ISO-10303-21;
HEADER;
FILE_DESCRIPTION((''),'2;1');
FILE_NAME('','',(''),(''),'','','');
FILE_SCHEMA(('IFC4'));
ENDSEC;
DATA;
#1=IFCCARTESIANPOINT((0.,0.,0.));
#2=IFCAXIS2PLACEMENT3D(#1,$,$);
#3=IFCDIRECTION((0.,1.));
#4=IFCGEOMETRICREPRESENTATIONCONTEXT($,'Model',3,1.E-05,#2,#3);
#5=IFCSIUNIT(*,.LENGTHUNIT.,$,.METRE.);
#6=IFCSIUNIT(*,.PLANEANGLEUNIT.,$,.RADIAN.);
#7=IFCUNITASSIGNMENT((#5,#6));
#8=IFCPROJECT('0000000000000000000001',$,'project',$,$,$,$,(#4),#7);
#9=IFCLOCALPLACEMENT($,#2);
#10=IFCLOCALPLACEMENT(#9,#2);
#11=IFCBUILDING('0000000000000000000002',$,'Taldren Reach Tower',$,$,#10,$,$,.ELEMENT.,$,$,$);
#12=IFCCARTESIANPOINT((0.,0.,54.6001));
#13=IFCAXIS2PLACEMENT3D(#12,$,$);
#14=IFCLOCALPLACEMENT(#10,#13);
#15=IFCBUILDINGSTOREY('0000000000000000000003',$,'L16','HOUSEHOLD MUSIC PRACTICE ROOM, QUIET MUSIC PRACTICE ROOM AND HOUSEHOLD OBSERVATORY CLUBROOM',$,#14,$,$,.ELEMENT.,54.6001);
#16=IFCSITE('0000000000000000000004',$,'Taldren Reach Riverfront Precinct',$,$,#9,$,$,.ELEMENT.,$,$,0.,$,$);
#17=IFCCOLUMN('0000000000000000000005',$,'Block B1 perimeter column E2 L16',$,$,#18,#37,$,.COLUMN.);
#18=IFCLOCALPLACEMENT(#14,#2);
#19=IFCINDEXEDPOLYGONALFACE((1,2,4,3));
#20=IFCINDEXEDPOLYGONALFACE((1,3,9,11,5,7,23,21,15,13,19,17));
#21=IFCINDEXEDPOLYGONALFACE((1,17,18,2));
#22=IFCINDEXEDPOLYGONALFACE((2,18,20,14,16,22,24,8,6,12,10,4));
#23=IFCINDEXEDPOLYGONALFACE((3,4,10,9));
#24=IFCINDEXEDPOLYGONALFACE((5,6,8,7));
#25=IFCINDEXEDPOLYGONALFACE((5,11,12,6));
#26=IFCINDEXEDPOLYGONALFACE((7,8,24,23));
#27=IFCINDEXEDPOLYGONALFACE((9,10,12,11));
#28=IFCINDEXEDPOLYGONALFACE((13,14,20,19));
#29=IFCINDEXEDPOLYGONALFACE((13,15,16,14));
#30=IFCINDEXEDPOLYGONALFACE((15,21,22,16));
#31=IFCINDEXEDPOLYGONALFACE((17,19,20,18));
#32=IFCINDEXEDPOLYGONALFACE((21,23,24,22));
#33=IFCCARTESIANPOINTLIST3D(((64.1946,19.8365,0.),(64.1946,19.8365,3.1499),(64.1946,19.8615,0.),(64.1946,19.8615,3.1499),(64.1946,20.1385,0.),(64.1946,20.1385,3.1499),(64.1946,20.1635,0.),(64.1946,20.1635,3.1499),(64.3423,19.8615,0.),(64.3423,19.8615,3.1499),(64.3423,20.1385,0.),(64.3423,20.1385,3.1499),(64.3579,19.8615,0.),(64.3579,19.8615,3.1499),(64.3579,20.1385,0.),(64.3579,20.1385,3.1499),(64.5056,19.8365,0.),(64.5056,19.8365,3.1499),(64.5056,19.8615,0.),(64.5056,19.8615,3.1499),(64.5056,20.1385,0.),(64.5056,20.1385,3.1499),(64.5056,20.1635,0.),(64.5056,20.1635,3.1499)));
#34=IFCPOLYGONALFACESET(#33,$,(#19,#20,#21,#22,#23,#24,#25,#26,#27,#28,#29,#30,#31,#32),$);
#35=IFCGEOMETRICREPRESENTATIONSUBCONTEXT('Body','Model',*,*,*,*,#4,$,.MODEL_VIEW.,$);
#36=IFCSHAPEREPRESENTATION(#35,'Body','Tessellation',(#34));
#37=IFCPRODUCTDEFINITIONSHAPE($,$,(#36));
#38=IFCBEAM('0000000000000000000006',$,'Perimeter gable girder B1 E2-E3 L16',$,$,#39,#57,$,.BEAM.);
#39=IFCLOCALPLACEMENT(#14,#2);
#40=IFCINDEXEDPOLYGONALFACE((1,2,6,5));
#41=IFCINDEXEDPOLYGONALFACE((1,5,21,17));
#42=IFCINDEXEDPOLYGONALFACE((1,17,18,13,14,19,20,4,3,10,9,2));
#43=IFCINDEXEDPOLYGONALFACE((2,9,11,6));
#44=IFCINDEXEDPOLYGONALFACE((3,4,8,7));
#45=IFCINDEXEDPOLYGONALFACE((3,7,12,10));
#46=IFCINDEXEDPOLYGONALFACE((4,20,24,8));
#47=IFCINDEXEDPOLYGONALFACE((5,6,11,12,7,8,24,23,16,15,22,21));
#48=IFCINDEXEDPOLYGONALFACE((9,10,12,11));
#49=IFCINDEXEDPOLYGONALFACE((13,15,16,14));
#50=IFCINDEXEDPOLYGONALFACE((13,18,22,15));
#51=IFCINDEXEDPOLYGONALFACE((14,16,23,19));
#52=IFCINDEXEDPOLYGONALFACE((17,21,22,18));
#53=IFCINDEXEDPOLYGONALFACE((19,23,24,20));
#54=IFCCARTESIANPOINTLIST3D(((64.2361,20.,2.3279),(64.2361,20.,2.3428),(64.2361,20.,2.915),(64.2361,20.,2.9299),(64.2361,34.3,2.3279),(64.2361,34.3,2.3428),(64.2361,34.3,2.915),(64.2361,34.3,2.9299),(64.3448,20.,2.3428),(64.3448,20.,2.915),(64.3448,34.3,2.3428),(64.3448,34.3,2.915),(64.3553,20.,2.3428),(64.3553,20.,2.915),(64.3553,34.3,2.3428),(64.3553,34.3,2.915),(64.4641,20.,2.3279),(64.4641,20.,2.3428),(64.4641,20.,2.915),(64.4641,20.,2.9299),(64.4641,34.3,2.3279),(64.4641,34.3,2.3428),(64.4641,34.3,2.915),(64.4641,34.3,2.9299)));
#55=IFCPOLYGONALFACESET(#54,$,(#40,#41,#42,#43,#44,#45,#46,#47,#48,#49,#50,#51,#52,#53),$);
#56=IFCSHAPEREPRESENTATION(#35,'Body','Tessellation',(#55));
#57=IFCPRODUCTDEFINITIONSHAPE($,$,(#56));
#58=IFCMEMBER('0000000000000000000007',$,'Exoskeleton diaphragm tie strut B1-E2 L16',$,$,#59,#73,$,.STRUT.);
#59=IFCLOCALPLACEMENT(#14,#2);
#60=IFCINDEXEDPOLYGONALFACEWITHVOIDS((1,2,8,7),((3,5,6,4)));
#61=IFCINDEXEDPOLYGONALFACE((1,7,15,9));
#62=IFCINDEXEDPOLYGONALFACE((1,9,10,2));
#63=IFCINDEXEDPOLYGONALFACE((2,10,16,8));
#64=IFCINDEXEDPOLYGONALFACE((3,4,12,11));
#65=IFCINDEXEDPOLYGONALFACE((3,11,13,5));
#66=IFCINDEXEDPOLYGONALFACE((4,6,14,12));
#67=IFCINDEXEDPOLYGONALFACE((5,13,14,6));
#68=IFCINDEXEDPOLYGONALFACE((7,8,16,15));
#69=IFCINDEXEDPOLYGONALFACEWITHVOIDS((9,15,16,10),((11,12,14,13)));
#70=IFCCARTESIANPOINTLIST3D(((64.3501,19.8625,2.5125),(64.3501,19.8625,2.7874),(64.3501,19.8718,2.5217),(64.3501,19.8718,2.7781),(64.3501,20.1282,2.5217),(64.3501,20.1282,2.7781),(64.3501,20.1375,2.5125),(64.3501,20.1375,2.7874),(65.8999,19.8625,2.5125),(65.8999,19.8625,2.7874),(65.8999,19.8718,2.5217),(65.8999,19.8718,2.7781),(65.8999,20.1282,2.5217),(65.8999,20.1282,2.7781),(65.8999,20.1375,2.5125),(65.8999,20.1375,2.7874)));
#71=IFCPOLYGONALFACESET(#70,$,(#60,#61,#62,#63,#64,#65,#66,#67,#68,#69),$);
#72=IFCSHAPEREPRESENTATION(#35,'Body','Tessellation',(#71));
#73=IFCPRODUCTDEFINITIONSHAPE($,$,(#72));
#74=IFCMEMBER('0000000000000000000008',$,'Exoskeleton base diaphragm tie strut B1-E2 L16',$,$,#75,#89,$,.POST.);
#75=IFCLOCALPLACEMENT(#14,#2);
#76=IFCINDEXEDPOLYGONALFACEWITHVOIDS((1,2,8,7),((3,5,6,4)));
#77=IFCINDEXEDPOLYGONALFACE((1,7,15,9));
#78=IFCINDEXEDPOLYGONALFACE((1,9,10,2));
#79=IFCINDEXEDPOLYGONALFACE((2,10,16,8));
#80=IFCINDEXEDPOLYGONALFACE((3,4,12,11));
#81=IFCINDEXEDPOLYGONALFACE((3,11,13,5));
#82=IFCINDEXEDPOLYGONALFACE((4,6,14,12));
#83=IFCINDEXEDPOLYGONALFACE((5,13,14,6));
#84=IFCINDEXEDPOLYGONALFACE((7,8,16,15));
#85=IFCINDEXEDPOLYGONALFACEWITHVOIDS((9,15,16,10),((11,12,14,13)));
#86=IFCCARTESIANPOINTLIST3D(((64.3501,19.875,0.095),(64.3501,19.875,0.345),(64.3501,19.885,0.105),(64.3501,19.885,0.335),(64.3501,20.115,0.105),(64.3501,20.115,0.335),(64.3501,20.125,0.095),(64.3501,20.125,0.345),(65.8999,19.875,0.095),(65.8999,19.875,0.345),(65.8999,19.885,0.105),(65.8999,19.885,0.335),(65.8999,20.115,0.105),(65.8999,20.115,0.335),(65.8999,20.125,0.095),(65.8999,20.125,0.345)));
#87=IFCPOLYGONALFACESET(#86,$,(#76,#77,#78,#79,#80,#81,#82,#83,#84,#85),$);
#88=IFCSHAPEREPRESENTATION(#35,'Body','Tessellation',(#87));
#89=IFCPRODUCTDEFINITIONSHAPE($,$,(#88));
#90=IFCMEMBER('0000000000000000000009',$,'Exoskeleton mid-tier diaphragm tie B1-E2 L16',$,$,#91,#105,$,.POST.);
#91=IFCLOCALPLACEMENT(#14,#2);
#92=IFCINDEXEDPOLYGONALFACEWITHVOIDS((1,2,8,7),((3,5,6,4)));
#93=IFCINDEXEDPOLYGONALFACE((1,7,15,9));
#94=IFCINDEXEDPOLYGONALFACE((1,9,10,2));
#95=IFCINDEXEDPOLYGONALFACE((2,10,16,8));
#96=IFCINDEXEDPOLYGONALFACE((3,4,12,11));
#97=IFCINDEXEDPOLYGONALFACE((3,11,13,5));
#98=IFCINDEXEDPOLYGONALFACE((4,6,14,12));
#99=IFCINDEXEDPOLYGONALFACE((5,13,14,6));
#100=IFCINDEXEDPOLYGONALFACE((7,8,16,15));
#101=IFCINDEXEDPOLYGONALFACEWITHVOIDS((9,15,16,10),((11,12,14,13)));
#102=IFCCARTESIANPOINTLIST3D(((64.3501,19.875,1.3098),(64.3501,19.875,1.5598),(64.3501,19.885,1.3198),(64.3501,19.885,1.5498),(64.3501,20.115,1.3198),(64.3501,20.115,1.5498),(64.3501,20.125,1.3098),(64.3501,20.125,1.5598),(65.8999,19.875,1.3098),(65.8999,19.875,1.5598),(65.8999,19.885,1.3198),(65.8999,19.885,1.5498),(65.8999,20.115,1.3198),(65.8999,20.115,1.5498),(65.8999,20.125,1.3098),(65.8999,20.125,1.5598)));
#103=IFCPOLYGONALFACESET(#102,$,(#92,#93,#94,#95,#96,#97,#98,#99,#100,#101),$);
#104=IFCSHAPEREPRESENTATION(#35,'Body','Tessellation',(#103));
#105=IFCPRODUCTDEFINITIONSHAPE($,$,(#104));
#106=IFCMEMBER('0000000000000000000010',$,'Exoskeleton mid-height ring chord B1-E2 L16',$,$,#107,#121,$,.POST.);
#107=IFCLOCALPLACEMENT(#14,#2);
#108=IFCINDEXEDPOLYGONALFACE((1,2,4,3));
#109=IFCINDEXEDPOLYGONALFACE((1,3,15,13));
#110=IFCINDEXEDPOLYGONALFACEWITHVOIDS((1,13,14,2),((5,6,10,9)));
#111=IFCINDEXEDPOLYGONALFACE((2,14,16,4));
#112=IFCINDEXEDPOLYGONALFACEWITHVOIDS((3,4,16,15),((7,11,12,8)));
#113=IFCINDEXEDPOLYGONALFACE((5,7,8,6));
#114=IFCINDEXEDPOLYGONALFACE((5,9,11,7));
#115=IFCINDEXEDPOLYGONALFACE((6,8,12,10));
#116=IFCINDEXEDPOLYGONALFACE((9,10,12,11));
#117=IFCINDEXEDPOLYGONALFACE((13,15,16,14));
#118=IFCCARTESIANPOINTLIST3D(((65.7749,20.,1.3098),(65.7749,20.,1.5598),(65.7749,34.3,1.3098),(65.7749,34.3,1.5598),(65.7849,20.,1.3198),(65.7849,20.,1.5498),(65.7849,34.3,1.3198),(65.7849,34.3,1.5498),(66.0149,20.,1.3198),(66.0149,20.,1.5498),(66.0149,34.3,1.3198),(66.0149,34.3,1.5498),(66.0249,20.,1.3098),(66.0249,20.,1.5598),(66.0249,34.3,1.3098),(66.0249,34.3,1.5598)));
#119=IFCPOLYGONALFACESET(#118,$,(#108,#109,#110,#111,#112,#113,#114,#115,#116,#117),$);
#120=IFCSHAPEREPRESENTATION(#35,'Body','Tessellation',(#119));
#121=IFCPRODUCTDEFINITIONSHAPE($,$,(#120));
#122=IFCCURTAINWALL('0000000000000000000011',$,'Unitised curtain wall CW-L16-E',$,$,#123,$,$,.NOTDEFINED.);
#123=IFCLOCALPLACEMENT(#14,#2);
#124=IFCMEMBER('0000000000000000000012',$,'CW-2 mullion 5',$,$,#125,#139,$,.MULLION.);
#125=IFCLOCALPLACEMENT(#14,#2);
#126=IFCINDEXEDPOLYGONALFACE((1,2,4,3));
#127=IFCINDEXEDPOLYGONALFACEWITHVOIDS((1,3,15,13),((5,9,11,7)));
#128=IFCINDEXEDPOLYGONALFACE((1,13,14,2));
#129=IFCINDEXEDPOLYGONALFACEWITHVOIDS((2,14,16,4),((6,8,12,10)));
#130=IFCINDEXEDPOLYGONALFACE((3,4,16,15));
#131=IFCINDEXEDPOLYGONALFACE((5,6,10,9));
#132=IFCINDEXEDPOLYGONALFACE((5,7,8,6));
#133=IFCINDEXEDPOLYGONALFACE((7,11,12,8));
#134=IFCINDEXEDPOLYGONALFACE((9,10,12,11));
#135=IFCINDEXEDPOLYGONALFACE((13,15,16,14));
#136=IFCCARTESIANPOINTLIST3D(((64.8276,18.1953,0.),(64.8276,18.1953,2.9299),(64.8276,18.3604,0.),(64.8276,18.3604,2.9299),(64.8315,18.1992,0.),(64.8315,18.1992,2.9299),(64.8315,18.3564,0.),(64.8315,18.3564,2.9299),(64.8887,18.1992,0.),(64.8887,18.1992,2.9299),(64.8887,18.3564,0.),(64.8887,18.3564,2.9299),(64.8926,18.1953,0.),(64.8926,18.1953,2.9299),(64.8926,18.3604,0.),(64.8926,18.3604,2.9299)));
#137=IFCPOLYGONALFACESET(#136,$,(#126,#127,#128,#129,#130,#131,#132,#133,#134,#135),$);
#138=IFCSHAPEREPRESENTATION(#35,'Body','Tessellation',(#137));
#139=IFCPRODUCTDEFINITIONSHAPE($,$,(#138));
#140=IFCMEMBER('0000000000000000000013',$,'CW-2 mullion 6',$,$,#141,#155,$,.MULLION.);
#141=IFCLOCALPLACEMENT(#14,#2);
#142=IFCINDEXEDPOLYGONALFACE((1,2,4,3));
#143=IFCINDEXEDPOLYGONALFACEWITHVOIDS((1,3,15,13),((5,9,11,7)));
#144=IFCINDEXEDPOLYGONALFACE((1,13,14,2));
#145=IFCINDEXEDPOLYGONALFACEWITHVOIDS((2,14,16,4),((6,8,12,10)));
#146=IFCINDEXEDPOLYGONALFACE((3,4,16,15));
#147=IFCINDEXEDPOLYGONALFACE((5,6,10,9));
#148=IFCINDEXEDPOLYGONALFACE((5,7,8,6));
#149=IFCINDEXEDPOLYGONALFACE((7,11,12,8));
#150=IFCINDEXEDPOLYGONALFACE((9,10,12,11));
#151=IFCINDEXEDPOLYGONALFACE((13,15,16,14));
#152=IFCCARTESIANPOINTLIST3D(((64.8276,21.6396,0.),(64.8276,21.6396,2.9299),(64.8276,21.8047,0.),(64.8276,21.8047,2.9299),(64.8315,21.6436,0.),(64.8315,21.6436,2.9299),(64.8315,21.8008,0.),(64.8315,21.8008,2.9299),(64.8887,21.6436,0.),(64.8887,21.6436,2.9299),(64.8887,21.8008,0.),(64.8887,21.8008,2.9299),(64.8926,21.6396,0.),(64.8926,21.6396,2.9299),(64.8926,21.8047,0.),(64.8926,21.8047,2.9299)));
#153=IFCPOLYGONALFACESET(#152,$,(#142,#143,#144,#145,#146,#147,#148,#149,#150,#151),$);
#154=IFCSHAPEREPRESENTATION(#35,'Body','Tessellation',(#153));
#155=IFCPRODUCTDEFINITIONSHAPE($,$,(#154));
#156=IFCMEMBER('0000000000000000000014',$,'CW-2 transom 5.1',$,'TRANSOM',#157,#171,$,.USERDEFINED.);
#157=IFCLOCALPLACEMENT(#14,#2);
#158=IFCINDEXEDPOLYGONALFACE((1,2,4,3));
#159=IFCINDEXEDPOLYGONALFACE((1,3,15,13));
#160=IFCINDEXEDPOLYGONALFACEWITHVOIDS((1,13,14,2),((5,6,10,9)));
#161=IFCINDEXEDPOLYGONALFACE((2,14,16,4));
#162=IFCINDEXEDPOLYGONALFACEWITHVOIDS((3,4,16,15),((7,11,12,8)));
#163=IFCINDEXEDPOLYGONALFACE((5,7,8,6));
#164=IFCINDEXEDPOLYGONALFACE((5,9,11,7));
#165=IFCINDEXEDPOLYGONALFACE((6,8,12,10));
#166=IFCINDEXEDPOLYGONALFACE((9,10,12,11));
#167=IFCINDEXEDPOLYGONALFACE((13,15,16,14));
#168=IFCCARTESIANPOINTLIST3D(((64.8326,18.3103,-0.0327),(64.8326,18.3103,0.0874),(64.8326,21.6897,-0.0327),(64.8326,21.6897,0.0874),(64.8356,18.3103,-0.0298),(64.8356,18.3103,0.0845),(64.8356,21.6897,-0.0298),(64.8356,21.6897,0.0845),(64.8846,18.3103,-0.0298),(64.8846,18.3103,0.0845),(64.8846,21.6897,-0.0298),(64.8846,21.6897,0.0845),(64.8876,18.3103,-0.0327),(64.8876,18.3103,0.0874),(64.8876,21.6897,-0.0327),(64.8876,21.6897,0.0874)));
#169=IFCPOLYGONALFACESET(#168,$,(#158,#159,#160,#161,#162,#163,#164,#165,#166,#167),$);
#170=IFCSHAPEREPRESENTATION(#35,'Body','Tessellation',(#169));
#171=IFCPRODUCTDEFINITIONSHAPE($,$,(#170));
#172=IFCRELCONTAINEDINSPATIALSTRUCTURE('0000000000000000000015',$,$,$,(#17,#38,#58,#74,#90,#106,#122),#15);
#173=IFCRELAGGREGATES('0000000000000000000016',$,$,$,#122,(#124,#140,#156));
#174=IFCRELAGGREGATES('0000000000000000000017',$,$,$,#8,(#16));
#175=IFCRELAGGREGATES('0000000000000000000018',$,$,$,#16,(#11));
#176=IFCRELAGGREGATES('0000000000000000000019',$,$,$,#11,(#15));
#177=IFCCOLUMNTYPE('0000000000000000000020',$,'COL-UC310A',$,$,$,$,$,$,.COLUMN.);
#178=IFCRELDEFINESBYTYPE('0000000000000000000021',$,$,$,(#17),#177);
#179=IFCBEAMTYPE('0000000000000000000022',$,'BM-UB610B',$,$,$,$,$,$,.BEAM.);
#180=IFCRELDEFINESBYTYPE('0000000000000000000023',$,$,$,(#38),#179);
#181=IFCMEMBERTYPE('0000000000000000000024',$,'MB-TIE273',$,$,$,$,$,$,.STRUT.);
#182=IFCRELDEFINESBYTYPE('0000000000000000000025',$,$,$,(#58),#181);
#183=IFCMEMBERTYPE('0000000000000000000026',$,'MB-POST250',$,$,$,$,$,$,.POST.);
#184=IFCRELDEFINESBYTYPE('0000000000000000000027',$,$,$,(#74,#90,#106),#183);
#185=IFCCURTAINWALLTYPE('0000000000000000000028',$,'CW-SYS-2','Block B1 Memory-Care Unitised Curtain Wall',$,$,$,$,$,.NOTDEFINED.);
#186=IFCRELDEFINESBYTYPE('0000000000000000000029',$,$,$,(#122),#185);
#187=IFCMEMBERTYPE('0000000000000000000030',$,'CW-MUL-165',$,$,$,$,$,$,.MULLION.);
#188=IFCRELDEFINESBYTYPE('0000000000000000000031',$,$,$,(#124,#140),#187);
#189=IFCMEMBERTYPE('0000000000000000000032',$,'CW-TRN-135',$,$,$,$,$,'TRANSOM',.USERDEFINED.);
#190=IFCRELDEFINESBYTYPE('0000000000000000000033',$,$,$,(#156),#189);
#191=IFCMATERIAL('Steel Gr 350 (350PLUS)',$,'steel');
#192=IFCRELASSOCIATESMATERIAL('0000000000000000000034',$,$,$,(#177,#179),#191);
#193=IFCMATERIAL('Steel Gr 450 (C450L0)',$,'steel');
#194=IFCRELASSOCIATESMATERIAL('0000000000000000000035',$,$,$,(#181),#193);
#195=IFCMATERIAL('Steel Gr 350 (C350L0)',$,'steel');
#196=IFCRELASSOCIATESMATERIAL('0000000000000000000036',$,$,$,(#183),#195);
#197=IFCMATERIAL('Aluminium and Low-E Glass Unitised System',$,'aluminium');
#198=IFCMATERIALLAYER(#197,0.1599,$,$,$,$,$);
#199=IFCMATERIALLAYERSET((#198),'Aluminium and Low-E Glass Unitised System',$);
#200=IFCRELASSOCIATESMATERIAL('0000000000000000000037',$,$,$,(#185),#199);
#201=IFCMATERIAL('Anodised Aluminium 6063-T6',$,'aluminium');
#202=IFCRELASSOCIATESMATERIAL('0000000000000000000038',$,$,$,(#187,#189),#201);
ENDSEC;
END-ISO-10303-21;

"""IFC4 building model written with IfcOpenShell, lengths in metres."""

from ifc_helpers import new_model, si_unit, direction, frame, origin, origin_2d, place, context, subcontext, project, spatial, hollow_rectangle, i_section, extrude, source, transform, mapped, material, layer, layer_set, material_profile, profile_set, type_object, element, aggregate, save


model = new_model("IFC4")

# Units and contexts
model_context = context("Model", 3, precision=1e-05, world=origin(), true_north=direction((0.0, 1.0)))
body_context = subcontext(model_context, "Body", "Model", "MODEL_VIEW")
ifc_project = project(units=[si_unit("LENGTHUNIT", "METRE"), si_unit("PLANEANGLEUNIT", "RADIAN")], contexts=[model_context])

# Site, building, storey
site_placement = place(None, origin())
site = spatial("IfcSite", under=ifc_project, at=site_placement, Name="Taldren Reach Riverfront Precinct", CompositionType="ELEMENT", RefElevation=0.0)
building_placement = place(site_placement, origin())
building = spatial("IfcBuilding", under=site, at=building_placement, Name="Taldren Reach Tower", CompositionType="ELEMENT")
storey_placement = place(building_placement, frame((0.0, 0.0, 54.6001)))
storey = spatial("IfcBuildingStorey", under=building, at=storey_placement, Name="L16", Description="HOUSEHOLD MUSIC PRACTICE ROOM, QUIET MUSIC PRACTICE ROOM AND HOUSEHOLD OBSERVATORY CLUBROOM", CompositionType="ELEMENT", Elevation=54.6001)

# Column
ifc_material_1 = material(Name="Steel Gr 350 (350PLUS)", Category="steel")
ifc_material_profile_1 = material_profile(ifc_material_1, i_section(OverallWidth=0.311, OverallDepth=0.3269, WebThickness=0.0156, FlangeThickness=0.0249, at=origin_2d()), Name="310UC158")
ifc_profile_set_1 = profile_set([ifc_material_profile_1], Name="Steel Gr 350 (350PLUS)")
column_type = type_object("IfcColumnType", Name="COL-UC310A", PredefinedType="COLUMN", material=ifc_profile_set_1)
shared_shape_1 = source(origin(), body_context, "Body", "SweptSolid", [
    extrude(i_section(OverallWidth=0.311, OverallDepth=0.3269, WebThickness=0.0156, FlangeThickness=0.0249, at=origin_2d()), origin(), (0.0, 0.0, 1.0), 3.1499),
])
column_placement = place(storey_placement, frame((64.3501, 20.0, 0.0), z_axis=(0.0, 0.0, 1.0), x_axis=(1.0, 0.0, 0.0)))
element("IfcColumn", 1, at=column_placement, inside=storey, type_object=column_type, Name="Block B1 perimeter column E2 L16", PredefinedType="COLUMN", context=body_context, shape_type="MappedRepresentation", body=[
    mapped(shared_shape_1, transform((0.0, 0.0, 0.0), scale=1.0)),
])

# Beam
ifc_material_profile_2 = material_profile(ifc_material_1, i_section(OverallWidth=0.228, OverallDepth=0.6021, WebThickness=0.0105, FlangeThickness=0.0149, at=origin_2d()), Name="610UB101")
ifc_profile_set_2 = profile_set([ifc_material_profile_2], Name="Steel Gr 350 (350PLUS)")
beam_type = type_object("IfcBeamType", Name="BM-UB610B", PredefinedType="BEAM", material=ifc_profile_set_2)
shared_shape_2 = source(origin(), body_context, "Body", "SweptSolid", [
    extrude(i_section(OverallWidth=0.228, OverallDepth=0.6021, WebThickness=0.0105, FlangeThickness=0.0149, at=origin_2d()), origin(), (0.0, 0.0, 1.0), 14.3),
])
beam_placement = place(storey_placement, frame((64.3501, 20.0, 2.6289), z_axis=(0.0, 1.0, 0.0), x_axis=(-1.0, 0.0, 0.0)))
element("IfcBeam", 2, at=beam_placement, inside=storey, type_object=beam_type, Name="Perimeter gable girder B1 E2-E3 L16", PredefinedType="BEAM", context=body_context, shape_type="MappedRepresentation", body=[
    mapped(shared_shape_2, transform((0.0, 0.0, 0.0), scale=1.0)),
])

# Members
ifc_material_2 = material(Name="Steel Gr 450 (C450L0)", Category="steel")
ifc_material_profile_3 = material_profile(ifc_material_2, hollow_rectangle(XDim=0.2749, YDim=0.2749, WallThickness=0.0093, at=origin_2d()), Name="275x275x9.3SHS")
ifc_profile_set_3 = profile_set([ifc_material_profile_3], Name="Steel Gr 450 (C450L0)")
member_type_1 = type_object("IfcMemberType", Name="MB-TIE273", PredefinedType="STRUT", material=ifc_profile_set_3)
shared_shape_3 = source(origin(), body_context, "Body", "SweptSolid", [
    extrude(hollow_rectangle(XDim=0.2749, YDim=0.2749, WallThickness=0.0093, at=origin_2d()), origin(), (0.0, 0.0, 1.0), 1.5498),
])
member_1_placement = place(storey_placement, frame((64.3501, 20.0, 2.6499), z_axis=(1.0, 0.0, 0.0), x_axis=(0.0, 1.0, 0.0)))
element("IfcMember", 3, at=member_1_placement, inside=storey, type_object=member_type_1, Name="Exoskeleton diaphragm tie strut B1-E2 L16", PredefinedType="STRUT", context=body_context, shape_type="MappedRepresentation", body=[
    mapped(shared_shape_3, transform((0.0, 0.0, 0.0), scale=1.0)),
])
ifc_material_3 = material(Name="Steel Gr 350 (C350L0)", Category="steel")
ifc_material_profile_4 = material_profile(ifc_material_3, hollow_rectangle(XDim=0.25, YDim=0.25, WallThickness=0.01, at=origin_2d()), Name="250x250x10.0SHS")
ifc_profile_set_4 = profile_set([ifc_material_profile_4], Name="Steel Gr 350 (C350L0)")
member_type_2 = type_object("IfcMemberType", Name="MB-POST250", PredefinedType="POST", material=ifc_profile_set_4)
shared_shape_4 = source(origin(), body_context, "Body", "SweptSolid", [
    extrude(hollow_rectangle(XDim=0.25, YDim=0.25, WallThickness=0.01, at=origin_2d()), origin(), (0.0, 0.0, 1.0), 1.5498),
])
for number, where, z_axis, x_axis, name in (
    (4, (64.3501, 20.0, 0.22), (1.0, 0.0, 0.0), (0.0, 1.0, 0.0), "Exoskeleton base diaphragm tie strut B1-E2 L16"),
    (5, (64.3501, 20.0, 1.4348), (1.0, 0.0, 0.0), (0.0, 1.0, 0.0), "Exoskeleton mid-tier diaphragm tie B1-E2 L16"),
):
    element("IfcMember", number, at=place(storey_placement, frame(where, z_axis=z_axis, x_axis=x_axis)), inside=storey, type_object=member_type_2, Name=name, PredefinedType="POST", context=body_context, shape_type="MappedRepresentation", body=[
        mapped(shared_shape_4, transform((0.0, 0.0, 0.0), scale=1.0)),
    ])
shared_shape_5 = source(origin(), body_context, "Body", "SweptSolid", [
    extrude(hollow_rectangle(XDim=0.25, YDim=0.25, WallThickness=0.01, at=origin_2d()), origin(), (0.0, 0.0, 1.0), 14.3),
])
member_2_placement = place(storey_placement, frame((65.8999, 20.0, 1.4348), z_axis=(0.0, 1.0, 0.0), x_axis=(-1.0, 0.0, 0.0)))
element("IfcMember", 6, at=member_2_placement, inside=storey, type_object=member_type_2, Name="Exoskeleton mid-height ring chord B1-E2 L16", PredefinedType="POST", context=body_context, shape_type="MappedRepresentation", body=[
    mapped(shared_shape_5, transform((0.0, 0.0, 0.0), scale=1.0)),
])

# Curtain wall, members
ifc_material_4 = material(Name="Aluminium and Low-E Glass Unitised System", Category="aluminium")
ifc_layer_1 = layer(ifc_material_4, 0.1599)
ifc_layer_set_1 = layer_set([ifc_layer_1], Name="Aluminium and Low-E Glass Unitised System")
curtain_wall_type = type_object("IfcCurtainWallType", Name="CW-SYS-2", Description="Block B1 Memory-Care Unitised Curtain Wall", PredefinedType="NOTDEFINED", material=ifc_layer_set_1)
curtain_wall_placement = place(storey_placement, origin())
curtain_wall = element("IfcCurtainWall", 7, at=curtain_wall_placement, inside=storey, type_object=curtain_wall_type, Name="Unitised curtain wall CW-L16-E", PredefinedType="NOTDEFINED")
ifc_material_5 = material(Name="Anodised Aluminium 6063-T6", Category="aluminium")
ifc_material_profile_5 = material_profile(ifc_material_5, hollow_rectangle(XDim=0.0649, YDim=0.165, WallThickness=0.0039, at=origin_2d()), Name="ALU-165x65x4RHS")
ifc_profile_set_5 = profile_set([ifc_material_profile_5], Name="Anodised Aluminium 6063-T6")
member_type_3 = type_object("IfcMemberType", Name="CW-MUL-165", PredefinedType="MULLION", material=ifc_profile_set_5)
shared_shape_6 = source(origin(), body_context, "Body", "SweptSolid", [
    extrude(hollow_rectangle(XDim=0.0649, YDim=0.165, WallThickness=0.0039, at=origin_2d()), origin(), (0.0, 0.0, 1.0), 2.9299),
])
member_3_placement = place(storey_placement, frame((64.8601, 18.2778, 0.0), z_axis=(0.0, 0.0, 1.0), x_axis=(-1.0, 0.0, 0.0)))
member_3 = element("IfcMember", 8, at=member_3_placement, type_object=member_type_3, Name="CW-2 mullion 5", PredefinedType="MULLION", context=body_context, shape_type="MappedRepresentation", body=[
    mapped(shared_shape_6, transform((0.0, 0.0, 0.0), scale=1.0)),
])
member_4_placement = place(storey_placement, frame((64.8601, 21.7222, 0.0), z_axis=(0.0, 0.0, 1.0), x_axis=(-1.0, 0.0, 0.0)))
member_4 = element("IfcMember", 9, at=member_4_placement, type_object=member_type_3, Name="CW-2 mullion 6", PredefinedType="MULLION", context=body_context, shape_type="MappedRepresentation", body=[
    mapped(shared_shape_6, transform((0.0, 0.0, 0.0), scale=1.0)),
])
ifc_material_profile_6 = material_profile(ifc_material_5, hollow_rectangle(XDim=0.0549, YDim=0.1201, WallThickness=0.0029, at=origin_2d()), Name="ALU-120x55x3RHS")
ifc_profile_set_6 = profile_set([ifc_material_profile_6], Name="Anodised Aluminium 6063-T6")
member_type_4 = type_object("IfcMemberType", Name="CW-TRN-135", ElementType="TRANSOM", PredefinedType="USERDEFINED", material=ifc_profile_set_6)
shared_shape_7 = source(origin(), body_context, "Body", "SweptSolid", [
    extrude(hollow_rectangle(XDim=0.0549, YDim=0.1201, WallThickness=0.0029, at=origin_2d()), origin(), (0.0, 0.0, 1.0), 3.3794),
])
member_5_placement = place(storey_placement, frame((64.8601, 18.3103, 0.0273), z_axis=(0.0, 1.0, 0.0), x_axis=(-1.0, 0.0, 0.0)))
member_5 = element("IfcMember", 10, at=member_5_placement, type_object=member_type_4, Name="CW-2 transom 5.1", ObjectType="TRANSOM", PredefinedType="USERDEFINED", context=body_context, shape_type="MappedRepresentation", body=[
    mapped(shared_shape_7, transform((0.0, 0.0, 0.0), scale=1.0)),
])

aggregate(curtain_wall, [member_3, member_4, member_5])

save(model, "model.ifc")
